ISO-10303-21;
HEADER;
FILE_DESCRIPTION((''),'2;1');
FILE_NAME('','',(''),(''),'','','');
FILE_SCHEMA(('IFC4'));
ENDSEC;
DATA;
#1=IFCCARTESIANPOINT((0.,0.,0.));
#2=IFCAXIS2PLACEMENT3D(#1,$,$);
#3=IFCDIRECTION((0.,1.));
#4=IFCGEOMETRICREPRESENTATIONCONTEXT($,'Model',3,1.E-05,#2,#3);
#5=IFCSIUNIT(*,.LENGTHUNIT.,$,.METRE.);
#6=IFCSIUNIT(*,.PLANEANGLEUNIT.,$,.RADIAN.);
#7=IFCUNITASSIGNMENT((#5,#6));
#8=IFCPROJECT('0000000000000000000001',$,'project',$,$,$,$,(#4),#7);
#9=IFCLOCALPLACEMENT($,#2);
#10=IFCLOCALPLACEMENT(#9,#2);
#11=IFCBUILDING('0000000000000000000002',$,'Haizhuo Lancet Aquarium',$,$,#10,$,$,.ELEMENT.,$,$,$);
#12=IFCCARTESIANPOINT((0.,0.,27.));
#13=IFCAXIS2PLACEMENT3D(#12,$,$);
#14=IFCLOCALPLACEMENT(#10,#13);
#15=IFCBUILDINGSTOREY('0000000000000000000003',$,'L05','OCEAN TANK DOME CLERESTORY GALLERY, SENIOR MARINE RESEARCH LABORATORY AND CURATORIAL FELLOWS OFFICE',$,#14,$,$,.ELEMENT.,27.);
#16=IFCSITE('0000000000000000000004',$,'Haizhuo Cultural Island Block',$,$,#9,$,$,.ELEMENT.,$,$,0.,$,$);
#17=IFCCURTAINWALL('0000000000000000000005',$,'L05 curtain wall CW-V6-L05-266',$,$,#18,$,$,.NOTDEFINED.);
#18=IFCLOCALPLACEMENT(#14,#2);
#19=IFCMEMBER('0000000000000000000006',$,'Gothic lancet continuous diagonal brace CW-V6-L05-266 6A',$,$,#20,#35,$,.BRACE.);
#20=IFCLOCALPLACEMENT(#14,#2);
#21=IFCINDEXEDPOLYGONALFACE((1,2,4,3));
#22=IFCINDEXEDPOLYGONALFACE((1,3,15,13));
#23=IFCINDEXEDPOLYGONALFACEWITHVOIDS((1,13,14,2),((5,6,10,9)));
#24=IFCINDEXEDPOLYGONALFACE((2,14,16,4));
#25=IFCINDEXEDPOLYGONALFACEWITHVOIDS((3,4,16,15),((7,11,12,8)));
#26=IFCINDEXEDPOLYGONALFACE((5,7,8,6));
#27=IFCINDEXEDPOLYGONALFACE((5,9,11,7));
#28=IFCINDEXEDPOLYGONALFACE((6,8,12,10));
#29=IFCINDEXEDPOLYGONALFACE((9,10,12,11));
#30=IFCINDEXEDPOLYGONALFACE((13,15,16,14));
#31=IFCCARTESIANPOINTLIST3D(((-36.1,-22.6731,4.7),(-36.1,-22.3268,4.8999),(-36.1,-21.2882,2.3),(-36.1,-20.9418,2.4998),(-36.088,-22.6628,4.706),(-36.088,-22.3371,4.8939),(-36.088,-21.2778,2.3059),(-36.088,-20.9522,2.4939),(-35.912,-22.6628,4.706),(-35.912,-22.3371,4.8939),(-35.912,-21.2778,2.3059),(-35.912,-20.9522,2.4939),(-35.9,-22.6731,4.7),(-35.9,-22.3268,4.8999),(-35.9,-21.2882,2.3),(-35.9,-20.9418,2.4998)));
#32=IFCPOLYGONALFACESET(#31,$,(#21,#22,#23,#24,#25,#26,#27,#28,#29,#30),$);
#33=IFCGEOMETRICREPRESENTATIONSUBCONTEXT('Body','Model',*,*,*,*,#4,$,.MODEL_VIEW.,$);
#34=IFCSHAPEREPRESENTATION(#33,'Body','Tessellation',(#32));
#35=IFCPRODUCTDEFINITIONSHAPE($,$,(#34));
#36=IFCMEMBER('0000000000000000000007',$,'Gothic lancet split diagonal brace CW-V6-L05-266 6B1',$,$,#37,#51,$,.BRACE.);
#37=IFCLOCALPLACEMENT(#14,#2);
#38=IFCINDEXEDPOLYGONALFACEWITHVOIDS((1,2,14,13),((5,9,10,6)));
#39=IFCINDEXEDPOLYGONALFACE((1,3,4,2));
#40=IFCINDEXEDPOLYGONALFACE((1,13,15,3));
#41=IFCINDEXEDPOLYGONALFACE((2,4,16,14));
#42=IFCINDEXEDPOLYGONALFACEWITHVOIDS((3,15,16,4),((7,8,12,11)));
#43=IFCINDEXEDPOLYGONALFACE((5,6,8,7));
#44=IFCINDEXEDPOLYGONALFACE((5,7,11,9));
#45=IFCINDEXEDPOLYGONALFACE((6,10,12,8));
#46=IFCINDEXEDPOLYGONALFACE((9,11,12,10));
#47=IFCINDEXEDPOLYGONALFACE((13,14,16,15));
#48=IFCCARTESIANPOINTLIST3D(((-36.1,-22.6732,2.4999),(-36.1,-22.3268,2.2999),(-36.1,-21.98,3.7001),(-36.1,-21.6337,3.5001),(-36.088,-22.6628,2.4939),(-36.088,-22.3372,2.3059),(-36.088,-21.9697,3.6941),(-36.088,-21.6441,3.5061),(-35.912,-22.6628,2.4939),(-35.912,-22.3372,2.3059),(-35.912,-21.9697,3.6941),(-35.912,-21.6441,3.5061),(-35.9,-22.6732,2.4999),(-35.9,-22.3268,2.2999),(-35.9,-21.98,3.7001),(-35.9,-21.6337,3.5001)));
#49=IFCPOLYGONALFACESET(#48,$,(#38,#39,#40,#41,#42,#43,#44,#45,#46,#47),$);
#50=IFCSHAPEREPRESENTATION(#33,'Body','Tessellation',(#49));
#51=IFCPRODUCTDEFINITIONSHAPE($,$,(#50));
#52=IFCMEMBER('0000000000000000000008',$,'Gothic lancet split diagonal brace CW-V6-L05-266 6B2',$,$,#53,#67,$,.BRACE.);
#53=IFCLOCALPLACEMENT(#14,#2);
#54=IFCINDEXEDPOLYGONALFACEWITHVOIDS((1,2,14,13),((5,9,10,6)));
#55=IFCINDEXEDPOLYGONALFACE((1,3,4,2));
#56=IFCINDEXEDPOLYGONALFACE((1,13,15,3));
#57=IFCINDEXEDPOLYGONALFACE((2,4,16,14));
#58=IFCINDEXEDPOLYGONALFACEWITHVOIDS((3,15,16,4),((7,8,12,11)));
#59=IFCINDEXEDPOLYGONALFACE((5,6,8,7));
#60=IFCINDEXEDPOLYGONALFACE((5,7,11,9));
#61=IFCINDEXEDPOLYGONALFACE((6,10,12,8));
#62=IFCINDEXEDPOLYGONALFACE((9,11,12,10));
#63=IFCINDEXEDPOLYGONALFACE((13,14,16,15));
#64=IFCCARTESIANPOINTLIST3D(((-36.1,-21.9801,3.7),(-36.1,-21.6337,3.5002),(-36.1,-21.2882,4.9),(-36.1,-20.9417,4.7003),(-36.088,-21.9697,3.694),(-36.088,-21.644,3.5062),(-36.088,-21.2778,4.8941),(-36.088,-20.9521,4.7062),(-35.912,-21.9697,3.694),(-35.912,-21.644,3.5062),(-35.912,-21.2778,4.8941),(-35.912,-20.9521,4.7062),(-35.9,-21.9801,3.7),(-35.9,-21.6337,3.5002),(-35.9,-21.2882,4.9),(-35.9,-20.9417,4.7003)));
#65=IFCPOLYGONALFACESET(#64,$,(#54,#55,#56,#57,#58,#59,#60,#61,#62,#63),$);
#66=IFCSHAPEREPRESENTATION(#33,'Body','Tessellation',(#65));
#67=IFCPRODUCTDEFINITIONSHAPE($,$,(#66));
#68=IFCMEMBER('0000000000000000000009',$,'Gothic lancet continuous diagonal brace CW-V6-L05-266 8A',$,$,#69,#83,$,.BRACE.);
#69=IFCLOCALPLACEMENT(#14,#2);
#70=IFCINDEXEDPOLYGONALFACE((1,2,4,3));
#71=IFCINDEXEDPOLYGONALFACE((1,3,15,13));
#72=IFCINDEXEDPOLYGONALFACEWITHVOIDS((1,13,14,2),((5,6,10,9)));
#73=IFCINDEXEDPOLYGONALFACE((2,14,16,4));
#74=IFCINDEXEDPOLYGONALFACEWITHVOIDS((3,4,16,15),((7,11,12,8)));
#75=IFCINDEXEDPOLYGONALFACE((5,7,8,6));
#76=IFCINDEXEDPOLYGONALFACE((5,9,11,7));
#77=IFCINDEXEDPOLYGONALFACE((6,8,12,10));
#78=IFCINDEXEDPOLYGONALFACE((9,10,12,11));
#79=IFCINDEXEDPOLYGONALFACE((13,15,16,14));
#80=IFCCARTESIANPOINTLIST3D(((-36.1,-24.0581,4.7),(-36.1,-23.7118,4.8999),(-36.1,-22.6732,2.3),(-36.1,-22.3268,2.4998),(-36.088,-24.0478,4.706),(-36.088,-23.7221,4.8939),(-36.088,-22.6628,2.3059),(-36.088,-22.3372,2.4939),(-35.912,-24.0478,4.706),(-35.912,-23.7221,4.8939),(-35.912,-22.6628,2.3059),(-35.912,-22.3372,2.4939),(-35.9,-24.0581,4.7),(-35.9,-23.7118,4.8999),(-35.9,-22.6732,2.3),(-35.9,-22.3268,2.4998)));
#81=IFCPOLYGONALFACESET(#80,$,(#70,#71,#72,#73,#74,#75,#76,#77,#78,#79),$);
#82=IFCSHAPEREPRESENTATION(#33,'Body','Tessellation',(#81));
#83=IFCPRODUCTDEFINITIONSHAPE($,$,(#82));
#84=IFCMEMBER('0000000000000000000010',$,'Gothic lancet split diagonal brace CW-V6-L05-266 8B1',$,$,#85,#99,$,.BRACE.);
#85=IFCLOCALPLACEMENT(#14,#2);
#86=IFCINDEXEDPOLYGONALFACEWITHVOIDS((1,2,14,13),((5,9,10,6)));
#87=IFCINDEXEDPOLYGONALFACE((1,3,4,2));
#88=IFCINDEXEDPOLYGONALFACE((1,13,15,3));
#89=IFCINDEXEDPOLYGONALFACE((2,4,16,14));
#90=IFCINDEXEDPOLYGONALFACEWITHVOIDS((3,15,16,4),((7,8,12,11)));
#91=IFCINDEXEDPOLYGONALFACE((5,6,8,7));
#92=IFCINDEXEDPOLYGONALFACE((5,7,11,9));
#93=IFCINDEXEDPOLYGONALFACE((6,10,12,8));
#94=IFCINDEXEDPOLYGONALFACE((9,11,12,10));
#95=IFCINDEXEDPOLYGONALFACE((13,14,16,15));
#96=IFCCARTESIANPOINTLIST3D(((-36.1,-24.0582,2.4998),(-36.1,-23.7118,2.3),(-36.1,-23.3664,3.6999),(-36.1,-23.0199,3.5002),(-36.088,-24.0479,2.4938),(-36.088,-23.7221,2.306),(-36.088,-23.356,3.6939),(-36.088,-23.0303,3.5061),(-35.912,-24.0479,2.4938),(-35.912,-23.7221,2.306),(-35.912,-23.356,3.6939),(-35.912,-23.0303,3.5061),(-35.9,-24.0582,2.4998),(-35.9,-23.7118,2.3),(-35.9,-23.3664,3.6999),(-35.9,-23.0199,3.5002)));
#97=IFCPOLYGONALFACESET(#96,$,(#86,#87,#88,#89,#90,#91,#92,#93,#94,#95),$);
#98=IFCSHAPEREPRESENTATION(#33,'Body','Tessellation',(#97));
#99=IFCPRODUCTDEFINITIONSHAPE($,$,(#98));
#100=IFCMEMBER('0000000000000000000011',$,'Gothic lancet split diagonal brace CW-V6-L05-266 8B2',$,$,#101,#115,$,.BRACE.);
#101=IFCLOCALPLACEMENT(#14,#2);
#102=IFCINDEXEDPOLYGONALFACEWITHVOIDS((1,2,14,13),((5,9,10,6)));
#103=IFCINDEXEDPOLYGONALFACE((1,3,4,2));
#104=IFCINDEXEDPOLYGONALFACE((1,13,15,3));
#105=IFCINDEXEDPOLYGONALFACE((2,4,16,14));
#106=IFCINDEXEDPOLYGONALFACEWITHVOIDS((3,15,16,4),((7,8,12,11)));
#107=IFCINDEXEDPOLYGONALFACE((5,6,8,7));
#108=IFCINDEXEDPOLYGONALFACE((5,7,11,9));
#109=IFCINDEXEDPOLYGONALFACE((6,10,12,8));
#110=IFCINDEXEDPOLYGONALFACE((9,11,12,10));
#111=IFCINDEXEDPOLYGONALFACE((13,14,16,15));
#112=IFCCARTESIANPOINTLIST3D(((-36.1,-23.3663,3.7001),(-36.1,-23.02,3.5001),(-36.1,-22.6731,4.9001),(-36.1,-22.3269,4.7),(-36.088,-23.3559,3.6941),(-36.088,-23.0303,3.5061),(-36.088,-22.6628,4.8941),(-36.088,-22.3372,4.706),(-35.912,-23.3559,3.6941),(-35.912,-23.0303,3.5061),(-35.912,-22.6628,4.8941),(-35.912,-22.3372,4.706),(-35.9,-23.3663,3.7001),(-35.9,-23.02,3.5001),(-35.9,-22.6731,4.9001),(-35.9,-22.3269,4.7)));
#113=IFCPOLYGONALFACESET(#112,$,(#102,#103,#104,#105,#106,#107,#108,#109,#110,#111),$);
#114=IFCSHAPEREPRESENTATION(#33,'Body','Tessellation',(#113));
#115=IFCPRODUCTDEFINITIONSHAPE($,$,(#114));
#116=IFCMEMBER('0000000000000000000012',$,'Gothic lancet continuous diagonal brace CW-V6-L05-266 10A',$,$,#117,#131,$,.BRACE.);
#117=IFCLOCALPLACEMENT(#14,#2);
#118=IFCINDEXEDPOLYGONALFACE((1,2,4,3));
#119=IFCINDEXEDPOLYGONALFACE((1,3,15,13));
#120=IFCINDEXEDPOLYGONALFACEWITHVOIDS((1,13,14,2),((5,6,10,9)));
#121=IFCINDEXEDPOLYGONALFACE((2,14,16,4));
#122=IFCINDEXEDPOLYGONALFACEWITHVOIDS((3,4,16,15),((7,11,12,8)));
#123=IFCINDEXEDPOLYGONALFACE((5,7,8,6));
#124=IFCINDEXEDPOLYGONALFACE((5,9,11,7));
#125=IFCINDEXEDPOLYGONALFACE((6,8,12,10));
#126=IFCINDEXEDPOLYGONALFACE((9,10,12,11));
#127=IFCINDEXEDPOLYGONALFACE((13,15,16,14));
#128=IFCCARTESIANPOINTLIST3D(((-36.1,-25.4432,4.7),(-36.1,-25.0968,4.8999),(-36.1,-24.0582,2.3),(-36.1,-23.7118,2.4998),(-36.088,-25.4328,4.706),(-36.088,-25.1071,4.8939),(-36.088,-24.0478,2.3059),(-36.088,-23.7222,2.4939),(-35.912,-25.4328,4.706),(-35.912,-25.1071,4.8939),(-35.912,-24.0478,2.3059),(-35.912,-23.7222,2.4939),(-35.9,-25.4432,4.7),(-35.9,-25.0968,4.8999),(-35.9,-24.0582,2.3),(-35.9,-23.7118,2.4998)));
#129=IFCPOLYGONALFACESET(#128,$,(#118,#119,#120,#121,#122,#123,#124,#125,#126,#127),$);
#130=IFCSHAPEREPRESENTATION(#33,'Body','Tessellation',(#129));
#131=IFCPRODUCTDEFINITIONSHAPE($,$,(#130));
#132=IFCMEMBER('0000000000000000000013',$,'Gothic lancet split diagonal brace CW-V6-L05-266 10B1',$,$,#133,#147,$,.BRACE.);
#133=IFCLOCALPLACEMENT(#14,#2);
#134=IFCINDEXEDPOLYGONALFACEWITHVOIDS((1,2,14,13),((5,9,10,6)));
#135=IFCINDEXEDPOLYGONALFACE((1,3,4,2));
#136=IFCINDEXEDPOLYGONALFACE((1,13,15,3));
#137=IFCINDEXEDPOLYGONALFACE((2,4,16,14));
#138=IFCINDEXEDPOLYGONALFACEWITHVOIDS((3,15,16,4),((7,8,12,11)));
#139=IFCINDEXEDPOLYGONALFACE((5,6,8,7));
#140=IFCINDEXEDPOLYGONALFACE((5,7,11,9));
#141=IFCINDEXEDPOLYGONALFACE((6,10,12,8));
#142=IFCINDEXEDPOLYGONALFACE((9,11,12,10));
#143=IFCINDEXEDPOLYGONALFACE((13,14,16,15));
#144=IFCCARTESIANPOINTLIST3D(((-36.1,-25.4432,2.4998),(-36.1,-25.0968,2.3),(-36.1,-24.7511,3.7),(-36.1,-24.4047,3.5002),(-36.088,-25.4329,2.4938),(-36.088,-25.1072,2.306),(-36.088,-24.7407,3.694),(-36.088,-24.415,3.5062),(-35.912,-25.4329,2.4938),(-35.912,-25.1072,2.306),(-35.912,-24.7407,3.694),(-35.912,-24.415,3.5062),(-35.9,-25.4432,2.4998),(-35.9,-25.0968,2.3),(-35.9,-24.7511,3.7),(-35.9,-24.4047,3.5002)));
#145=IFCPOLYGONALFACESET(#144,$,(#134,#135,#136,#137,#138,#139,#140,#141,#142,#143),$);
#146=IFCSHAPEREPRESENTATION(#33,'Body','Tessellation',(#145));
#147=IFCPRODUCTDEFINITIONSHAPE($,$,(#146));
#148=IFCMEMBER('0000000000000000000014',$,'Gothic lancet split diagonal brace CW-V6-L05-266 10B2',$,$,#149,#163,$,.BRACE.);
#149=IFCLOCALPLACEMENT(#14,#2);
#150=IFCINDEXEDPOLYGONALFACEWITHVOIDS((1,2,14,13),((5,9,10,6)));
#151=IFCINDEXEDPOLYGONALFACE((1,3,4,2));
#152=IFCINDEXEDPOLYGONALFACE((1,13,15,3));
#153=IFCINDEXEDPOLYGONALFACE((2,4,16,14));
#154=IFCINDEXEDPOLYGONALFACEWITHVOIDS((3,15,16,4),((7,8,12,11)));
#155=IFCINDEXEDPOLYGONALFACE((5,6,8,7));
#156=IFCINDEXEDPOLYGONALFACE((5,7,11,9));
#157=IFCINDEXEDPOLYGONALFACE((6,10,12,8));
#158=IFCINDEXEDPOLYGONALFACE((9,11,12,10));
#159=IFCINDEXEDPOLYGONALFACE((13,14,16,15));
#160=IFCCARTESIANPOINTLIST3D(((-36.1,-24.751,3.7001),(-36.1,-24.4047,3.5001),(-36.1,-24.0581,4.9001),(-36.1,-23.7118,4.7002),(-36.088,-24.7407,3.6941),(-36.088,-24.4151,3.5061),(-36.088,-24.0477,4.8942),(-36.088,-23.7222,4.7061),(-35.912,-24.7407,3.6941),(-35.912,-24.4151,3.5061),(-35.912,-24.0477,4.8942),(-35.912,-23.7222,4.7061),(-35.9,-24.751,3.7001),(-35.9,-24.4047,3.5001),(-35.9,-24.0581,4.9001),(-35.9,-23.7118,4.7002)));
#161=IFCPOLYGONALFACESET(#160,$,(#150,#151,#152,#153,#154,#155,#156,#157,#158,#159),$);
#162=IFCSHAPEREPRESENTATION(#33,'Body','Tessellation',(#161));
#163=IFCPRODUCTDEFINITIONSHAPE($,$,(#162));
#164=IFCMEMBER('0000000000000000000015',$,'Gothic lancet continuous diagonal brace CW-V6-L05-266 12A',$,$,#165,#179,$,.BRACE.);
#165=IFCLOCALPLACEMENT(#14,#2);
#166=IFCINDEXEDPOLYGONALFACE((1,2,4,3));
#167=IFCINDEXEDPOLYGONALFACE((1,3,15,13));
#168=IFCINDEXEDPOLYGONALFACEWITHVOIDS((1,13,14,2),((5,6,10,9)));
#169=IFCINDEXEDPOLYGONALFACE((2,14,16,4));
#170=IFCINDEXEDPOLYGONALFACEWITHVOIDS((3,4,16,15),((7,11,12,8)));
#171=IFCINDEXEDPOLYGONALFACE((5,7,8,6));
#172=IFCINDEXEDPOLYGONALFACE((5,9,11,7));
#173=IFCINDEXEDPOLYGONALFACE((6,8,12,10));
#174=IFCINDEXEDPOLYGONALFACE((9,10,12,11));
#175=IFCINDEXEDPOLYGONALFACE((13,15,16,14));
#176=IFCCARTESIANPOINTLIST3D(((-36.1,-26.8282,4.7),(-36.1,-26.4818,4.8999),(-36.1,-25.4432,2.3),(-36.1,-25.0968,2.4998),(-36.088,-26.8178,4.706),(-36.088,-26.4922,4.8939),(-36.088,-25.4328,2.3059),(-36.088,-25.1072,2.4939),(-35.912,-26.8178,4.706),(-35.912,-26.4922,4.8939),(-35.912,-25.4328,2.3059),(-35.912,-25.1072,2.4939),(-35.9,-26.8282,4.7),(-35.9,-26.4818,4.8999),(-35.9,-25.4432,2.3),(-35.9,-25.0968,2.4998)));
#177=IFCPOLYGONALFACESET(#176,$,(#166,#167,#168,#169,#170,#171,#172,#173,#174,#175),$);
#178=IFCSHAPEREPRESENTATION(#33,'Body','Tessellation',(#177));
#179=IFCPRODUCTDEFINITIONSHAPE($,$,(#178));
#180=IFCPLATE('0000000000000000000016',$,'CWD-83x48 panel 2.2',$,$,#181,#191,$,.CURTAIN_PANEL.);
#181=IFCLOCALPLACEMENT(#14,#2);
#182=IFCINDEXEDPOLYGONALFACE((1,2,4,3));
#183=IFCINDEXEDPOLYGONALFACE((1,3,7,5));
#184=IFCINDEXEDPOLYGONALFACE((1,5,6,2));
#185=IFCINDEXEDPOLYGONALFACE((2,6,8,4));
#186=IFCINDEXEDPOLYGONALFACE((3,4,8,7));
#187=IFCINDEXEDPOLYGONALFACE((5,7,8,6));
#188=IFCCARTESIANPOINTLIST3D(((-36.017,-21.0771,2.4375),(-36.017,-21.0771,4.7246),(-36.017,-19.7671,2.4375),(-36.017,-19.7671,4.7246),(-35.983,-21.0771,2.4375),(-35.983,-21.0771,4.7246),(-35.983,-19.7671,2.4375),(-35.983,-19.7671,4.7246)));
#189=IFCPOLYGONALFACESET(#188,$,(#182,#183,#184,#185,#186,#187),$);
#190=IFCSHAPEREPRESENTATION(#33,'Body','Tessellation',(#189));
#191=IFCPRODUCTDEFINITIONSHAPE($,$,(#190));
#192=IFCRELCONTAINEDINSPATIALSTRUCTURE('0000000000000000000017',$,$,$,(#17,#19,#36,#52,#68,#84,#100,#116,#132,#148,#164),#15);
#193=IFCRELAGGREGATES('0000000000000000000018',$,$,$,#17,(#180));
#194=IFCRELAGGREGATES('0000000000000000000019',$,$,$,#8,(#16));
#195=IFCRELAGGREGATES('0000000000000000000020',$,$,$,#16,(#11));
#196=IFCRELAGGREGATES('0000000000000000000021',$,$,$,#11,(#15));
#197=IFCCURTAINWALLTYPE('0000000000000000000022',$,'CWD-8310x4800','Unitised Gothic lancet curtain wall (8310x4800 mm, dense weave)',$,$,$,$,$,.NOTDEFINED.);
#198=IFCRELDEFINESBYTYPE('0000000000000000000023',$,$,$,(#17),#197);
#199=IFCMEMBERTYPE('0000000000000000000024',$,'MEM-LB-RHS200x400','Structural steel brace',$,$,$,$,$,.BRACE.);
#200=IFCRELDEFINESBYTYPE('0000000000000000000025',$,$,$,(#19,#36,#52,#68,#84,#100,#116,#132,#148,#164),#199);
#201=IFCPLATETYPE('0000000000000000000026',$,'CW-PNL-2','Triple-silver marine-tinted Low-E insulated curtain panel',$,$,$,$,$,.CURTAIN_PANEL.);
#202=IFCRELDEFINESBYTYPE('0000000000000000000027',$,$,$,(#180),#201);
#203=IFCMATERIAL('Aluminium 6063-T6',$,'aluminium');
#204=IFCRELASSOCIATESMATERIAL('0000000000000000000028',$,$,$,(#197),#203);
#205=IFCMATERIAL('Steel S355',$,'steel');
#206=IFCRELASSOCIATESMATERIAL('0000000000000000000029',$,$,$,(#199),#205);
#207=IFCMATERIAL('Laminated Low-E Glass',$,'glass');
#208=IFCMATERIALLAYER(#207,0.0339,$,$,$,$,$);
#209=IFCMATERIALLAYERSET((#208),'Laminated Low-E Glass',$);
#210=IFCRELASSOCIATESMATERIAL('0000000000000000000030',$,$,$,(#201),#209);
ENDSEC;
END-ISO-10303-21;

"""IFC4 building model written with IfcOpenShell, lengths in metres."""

from ifc_helpers import new_model, si_unit, direction, frame, origin, origin_2d, place, context, subcontext, project, spatial, rectangle, hollow_rectangle, extrude, material, layer, layer_set, material_profile, profile_set, type_object, element, aggregate, save


model = new_model("IFC4")

# Units and contexts
model_context = context("Model", 3, precision=1e-05, world=origin(), true_north=direction((0.0, 1.0)))
body_context = subcontext(model_context, "Body", "Model", "MODEL_VIEW")
ifc_project = project(units=[si_unit("LENGTHUNIT", "METRE"), si_unit("PLANEANGLEUNIT", "RADIAN")], contexts=[model_context])

# Site, building, storey
site_placement = place(None, origin())
site = spatial("IfcSite", under=ifc_project, at=site_placement, Name="Haizhuo Cultural Island Block", CompositionType="ELEMENT", RefElevation=0.0)
building_placement = place(site_placement, origin())
building = spatial("IfcBuilding", under=site, at=building_placement, Name="Haizhuo Lancet Aquarium", CompositionType="ELEMENT")
storey_placement = place(building_placement, frame((0.0, 0.0, 27.0)))
storey = spatial("IfcBuildingStorey", under=building, at=storey_placement, Name="L05", Description="OCEAN TANK DOME CLERESTORY GALLERY, SENIOR MARINE RESEARCH LABORATORY AND CURATORIAL FELLOWS OFFICE", CompositionType="ELEMENT", Elevation=27.0)

# Curtain wall
ifc_material_1 = material(Name="Aluminium 6063-T6", Category="aluminium")
curtain_wall_type = type_object("IfcCurtainWallType", Name="CWD-8310x4800", Description="Unitised Gothic lancet curtain wall (8310x4800 mm, dense weave)", PredefinedType="NOTDEFINED", material=ifc_material_1)
curtain_wall_placement = place(storey_placement, origin())
curtain_wall = element("IfcCurtainWall", 1, at=curtain_wall_placement, inside=storey, type_object=curtain_wall_type, Name="L05 curtain wall CW-V6-L05-266", PredefinedType="NOTDEFINED")

# Members
ifc_material_2 = material(Name="Steel S355", Category="steel")
ifc_material_profile_1 = material_profile(ifc_material_2, hollow_rectangle(XDim=0.2, YDim=0.3999, WallThickness=0.012, at=origin_2d()), Name="RHS 200x400x12")
ifc_profile_set_1 = profile_set([ifc_material_profile_1], Name="Steel S355")
member_type_1 = type_object("IfcMemberType", Name="MEM-LB-RHS200x400", Description="Structural steel brace", PredefinedType="BRACE", material=ifc_profile_set_1)
member_1_placement = place(storey_placement, frame((-36.0, -21.115, 2.3999), z_axis=(0.0, -0.499806, 0.866137), x_axis=(1.0, 0.0, 0.0)))
element("IfcMember", 2, at=member_1_placement, inside=storey, type_object=member_type_1, Name="Gothic lancet continuous diagonal brace CW-V6-L05-266 6A", PredefinedType="BRACE", context=body_context, shape_type="SweptSolid", body=[
    extrude(hollow_rectangle(XDim=0.2, YDim=0.3999, WallThickness=0.012, at=origin_2d()), origin(), (0.0, 0.0, 1.0), 2.771),
])
member_2_placement = place(storey_placement, frame((-36.0, -22.5, 2.3999), z_axis=(0.0, 0.500099, 0.865968), x_axis=(-1.0, 0.0, 0.0)))
element("IfcMember", 3, at=member_2_placement, inside=storey, type_object=member_type_1, Name="Gothic lancet split diagonal brace CW-V6-L05-266 6B1", PredefinedType="BRACE", context=body_context, shape_type="SweptSolid", body=[
    extrude(hollow_rectangle(XDim=0.2, YDim=0.3999, WallThickness=0.012, at=origin_2d()), origin(), (0.0, 0.0, 1.0), 1.386),
])
member_3_placement = place(storey_placement, frame((-36.0, -21.8069, 3.6001), z_axis=(0.0, 0.499514, 0.866306), x_axis=(-1.0, 0.0, 0.0)))
element("IfcMember", 4, at=member_3_placement, inside=storey, type_object=member_type_1, Name="Gothic lancet split diagonal brace CW-V6-L05-266 6B2", PredefinedType="BRACE", context=body_context, shape_type="SweptSolid", body=[
    extrude(hollow_rectangle(XDim=0.2, YDim=0.3999, WallThickness=0.012, at=origin_2d()), origin(), (0.0, 0.0, 1.0), 1.3853),
])
member_4_placement = place(storey_placement, frame((-36.0, -22.5, 2.3999), z_axis=(0.0, -0.499806, 0.866137), x_axis=(1.0, 0.0, 0.0)))
element("IfcMember", 5, at=member_4_placement, inside=storey, type_object=member_type_1, Name="Gothic lancet continuous diagonal brace CW-V6-L05-266 8A", PredefinedType="BRACE", context=body_context, shape_type="SweptSolid", body=[
    extrude(hollow_rectangle(XDim=0.2, YDim=0.3999, WallThickness=0.012, at=origin_2d()), origin(), (0.0, 0.0, 1.0), 2.771),
])
member_5_placement = place(storey_placement, frame((-36.0, -23.885, 2.3999), z_axis=(0.0, 0.499438, 0.86635), x_axis=(-1.0, 0.0, 0.0)))
element("IfcMember", 6, at=member_5_placement, inside=storey, type_object=member_type_1, Name="Gothic lancet split diagonal brace CW-V6-L05-266 8B1", PredefinedType="BRACE", context=body_context, shape_type="SweptSolid", body=[
    extrude(hollow_rectangle(XDim=0.2, YDim=0.3999, WallThickness=0.012, at=origin_2d()), origin(), (0.0, 0.0, 1.0), 1.3853),
])
member_6_placement = place(storey_placement, frame((-36.0, -23.1931, 3.6001), z_axis=(0.0, 0.500175, 0.865924), x_axis=(-1.0, 0.0, 0.0)))
element("IfcMember", 7, at=member_6_placement, inside=storey, type_object=member_type_1, Name="Gothic lancet split diagonal brace CW-V6-L05-266 8B2", PredefinedType="BRACE", context=body_context, shape_type="SweptSolid", body=[
    extrude(hollow_rectangle(XDim=0.2, YDim=0.3999, WallThickness=0.012, at=origin_2d()), origin(), (0.0, 0.0, 1.0), 1.3857),
])
member_7_placement = place(storey_placement, frame((-36.0, -23.885, 2.3999), z_axis=(0.0, -0.499806, 0.866137), x_axis=(1.0, 0.0, 0.0)))
element("IfcMember", 8, at=member_7_placement, inside=storey, type_object=member_type_1, Name="Gothic lancet continuous diagonal brace CW-V6-L05-266 10A", PredefinedType="BRACE", context=body_context, shape_type="SweptSolid", body=[
    extrude(hollow_rectangle(XDim=0.2, YDim=0.3999, WallThickness=0.012, at=origin_2d()), origin(), (0.0, 0.0, 1.0), 2.771),
])
member_8_placement = place(storey_placement, frame((-36.0, -25.27, 2.3999), z_axis=(0.0, 0.49957, 0.866274), x_axis=(-1.0, 0.0, 0.0)))
element("IfcMember", 9, at=member_8_placement, inside=storey, type_object=member_type_1, Name="Gothic lancet split diagonal brace CW-V6-L05-266 10B1", PredefinedType="BRACE", context=body_context, shape_type="SweptSolid", body=[
    extrude(hollow_rectangle(XDim=0.2, YDim=0.3999, WallThickness=0.012, at=origin_2d()), origin(), (0.0, 0.0, 1.0), 1.3855),
])
member_9_placement = place(storey_placement, frame((-36.0, -24.5779, 3.6001), z_axis=(0.0, 0.500043, 0.866001), x_axis=(-1.0, 0.0, 0.0)))
element("IfcMember", 10, at=member_9_placement, inside=storey, type_object=member_type_1, Name="Gothic lancet split diagonal brace CW-V6-L05-266 10B2", PredefinedType="BRACE", context=body_context, shape_type="SweptSolid", body=[
    extrude(hollow_rectangle(XDim=0.2, YDim=0.3999, WallThickness=0.012, at=origin_2d()), origin(), (0.0, 0.0, 1.0), 1.3857),
])
member_10_placement = place(storey_placement, frame((-36.0, -25.27, 2.3999), z_axis=(0.0, -0.499806, 0.866137), x_axis=(1.0, 0.0, 0.0)))
element("IfcMember", 11, at=member_10_placement, inside=storey, type_object=member_type_1, Name="Gothic lancet continuous diagonal brace CW-V6-L05-266 12A", PredefinedType="BRACE", context=body_context, shape_type="SweptSolid", body=[
    extrude(hollow_rectangle(XDim=0.2, YDim=0.3999, WallThickness=0.012, at=origin_2d()), origin(), (0.0, 0.0, 1.0), 2.771),
])

# Plate
ifc_material_3 = material(Name="Laminated Low-E Glass", Category="glass")
ifc_layer = layer(ifc_material_3, 0.0339)
ifc_layer_set = layer_set([ifc_layer], Name="Laminated Low-E Glass")
plate_type = type_object("IfcPlateType", Name="CW-PNL-2", Description="Triple-silver marine-tinted Low-E insulated curtain panel", PredefinedType="CURTAIN_PANEL", material=ifc_layer_set)
plate_1_placement = place(storey_placement, frame((-36.0, -20.4221, 2.4375), z_axis=(0.0, 0.0, 1.0), x_axis=(0.0, -1.0, 0.0)))
plate_1 = element("IfcPlate", 12, at=plate_1_placement, type_object=plate_type, Name="CWD-83x48 panel 2.2", PredefinedType="CURTAIN_PANEL", context=body_context, shape_type="SweptSolid", body=[
    extrude(rectangle(XDim=1.3101, YDim=0.0339, at=origin_2d()), origin(), (0.0, 0.0, 1.0), 2.2871),
])
aggregate(curtain_wall, [plate_1])

save(model, "model.ifc")
